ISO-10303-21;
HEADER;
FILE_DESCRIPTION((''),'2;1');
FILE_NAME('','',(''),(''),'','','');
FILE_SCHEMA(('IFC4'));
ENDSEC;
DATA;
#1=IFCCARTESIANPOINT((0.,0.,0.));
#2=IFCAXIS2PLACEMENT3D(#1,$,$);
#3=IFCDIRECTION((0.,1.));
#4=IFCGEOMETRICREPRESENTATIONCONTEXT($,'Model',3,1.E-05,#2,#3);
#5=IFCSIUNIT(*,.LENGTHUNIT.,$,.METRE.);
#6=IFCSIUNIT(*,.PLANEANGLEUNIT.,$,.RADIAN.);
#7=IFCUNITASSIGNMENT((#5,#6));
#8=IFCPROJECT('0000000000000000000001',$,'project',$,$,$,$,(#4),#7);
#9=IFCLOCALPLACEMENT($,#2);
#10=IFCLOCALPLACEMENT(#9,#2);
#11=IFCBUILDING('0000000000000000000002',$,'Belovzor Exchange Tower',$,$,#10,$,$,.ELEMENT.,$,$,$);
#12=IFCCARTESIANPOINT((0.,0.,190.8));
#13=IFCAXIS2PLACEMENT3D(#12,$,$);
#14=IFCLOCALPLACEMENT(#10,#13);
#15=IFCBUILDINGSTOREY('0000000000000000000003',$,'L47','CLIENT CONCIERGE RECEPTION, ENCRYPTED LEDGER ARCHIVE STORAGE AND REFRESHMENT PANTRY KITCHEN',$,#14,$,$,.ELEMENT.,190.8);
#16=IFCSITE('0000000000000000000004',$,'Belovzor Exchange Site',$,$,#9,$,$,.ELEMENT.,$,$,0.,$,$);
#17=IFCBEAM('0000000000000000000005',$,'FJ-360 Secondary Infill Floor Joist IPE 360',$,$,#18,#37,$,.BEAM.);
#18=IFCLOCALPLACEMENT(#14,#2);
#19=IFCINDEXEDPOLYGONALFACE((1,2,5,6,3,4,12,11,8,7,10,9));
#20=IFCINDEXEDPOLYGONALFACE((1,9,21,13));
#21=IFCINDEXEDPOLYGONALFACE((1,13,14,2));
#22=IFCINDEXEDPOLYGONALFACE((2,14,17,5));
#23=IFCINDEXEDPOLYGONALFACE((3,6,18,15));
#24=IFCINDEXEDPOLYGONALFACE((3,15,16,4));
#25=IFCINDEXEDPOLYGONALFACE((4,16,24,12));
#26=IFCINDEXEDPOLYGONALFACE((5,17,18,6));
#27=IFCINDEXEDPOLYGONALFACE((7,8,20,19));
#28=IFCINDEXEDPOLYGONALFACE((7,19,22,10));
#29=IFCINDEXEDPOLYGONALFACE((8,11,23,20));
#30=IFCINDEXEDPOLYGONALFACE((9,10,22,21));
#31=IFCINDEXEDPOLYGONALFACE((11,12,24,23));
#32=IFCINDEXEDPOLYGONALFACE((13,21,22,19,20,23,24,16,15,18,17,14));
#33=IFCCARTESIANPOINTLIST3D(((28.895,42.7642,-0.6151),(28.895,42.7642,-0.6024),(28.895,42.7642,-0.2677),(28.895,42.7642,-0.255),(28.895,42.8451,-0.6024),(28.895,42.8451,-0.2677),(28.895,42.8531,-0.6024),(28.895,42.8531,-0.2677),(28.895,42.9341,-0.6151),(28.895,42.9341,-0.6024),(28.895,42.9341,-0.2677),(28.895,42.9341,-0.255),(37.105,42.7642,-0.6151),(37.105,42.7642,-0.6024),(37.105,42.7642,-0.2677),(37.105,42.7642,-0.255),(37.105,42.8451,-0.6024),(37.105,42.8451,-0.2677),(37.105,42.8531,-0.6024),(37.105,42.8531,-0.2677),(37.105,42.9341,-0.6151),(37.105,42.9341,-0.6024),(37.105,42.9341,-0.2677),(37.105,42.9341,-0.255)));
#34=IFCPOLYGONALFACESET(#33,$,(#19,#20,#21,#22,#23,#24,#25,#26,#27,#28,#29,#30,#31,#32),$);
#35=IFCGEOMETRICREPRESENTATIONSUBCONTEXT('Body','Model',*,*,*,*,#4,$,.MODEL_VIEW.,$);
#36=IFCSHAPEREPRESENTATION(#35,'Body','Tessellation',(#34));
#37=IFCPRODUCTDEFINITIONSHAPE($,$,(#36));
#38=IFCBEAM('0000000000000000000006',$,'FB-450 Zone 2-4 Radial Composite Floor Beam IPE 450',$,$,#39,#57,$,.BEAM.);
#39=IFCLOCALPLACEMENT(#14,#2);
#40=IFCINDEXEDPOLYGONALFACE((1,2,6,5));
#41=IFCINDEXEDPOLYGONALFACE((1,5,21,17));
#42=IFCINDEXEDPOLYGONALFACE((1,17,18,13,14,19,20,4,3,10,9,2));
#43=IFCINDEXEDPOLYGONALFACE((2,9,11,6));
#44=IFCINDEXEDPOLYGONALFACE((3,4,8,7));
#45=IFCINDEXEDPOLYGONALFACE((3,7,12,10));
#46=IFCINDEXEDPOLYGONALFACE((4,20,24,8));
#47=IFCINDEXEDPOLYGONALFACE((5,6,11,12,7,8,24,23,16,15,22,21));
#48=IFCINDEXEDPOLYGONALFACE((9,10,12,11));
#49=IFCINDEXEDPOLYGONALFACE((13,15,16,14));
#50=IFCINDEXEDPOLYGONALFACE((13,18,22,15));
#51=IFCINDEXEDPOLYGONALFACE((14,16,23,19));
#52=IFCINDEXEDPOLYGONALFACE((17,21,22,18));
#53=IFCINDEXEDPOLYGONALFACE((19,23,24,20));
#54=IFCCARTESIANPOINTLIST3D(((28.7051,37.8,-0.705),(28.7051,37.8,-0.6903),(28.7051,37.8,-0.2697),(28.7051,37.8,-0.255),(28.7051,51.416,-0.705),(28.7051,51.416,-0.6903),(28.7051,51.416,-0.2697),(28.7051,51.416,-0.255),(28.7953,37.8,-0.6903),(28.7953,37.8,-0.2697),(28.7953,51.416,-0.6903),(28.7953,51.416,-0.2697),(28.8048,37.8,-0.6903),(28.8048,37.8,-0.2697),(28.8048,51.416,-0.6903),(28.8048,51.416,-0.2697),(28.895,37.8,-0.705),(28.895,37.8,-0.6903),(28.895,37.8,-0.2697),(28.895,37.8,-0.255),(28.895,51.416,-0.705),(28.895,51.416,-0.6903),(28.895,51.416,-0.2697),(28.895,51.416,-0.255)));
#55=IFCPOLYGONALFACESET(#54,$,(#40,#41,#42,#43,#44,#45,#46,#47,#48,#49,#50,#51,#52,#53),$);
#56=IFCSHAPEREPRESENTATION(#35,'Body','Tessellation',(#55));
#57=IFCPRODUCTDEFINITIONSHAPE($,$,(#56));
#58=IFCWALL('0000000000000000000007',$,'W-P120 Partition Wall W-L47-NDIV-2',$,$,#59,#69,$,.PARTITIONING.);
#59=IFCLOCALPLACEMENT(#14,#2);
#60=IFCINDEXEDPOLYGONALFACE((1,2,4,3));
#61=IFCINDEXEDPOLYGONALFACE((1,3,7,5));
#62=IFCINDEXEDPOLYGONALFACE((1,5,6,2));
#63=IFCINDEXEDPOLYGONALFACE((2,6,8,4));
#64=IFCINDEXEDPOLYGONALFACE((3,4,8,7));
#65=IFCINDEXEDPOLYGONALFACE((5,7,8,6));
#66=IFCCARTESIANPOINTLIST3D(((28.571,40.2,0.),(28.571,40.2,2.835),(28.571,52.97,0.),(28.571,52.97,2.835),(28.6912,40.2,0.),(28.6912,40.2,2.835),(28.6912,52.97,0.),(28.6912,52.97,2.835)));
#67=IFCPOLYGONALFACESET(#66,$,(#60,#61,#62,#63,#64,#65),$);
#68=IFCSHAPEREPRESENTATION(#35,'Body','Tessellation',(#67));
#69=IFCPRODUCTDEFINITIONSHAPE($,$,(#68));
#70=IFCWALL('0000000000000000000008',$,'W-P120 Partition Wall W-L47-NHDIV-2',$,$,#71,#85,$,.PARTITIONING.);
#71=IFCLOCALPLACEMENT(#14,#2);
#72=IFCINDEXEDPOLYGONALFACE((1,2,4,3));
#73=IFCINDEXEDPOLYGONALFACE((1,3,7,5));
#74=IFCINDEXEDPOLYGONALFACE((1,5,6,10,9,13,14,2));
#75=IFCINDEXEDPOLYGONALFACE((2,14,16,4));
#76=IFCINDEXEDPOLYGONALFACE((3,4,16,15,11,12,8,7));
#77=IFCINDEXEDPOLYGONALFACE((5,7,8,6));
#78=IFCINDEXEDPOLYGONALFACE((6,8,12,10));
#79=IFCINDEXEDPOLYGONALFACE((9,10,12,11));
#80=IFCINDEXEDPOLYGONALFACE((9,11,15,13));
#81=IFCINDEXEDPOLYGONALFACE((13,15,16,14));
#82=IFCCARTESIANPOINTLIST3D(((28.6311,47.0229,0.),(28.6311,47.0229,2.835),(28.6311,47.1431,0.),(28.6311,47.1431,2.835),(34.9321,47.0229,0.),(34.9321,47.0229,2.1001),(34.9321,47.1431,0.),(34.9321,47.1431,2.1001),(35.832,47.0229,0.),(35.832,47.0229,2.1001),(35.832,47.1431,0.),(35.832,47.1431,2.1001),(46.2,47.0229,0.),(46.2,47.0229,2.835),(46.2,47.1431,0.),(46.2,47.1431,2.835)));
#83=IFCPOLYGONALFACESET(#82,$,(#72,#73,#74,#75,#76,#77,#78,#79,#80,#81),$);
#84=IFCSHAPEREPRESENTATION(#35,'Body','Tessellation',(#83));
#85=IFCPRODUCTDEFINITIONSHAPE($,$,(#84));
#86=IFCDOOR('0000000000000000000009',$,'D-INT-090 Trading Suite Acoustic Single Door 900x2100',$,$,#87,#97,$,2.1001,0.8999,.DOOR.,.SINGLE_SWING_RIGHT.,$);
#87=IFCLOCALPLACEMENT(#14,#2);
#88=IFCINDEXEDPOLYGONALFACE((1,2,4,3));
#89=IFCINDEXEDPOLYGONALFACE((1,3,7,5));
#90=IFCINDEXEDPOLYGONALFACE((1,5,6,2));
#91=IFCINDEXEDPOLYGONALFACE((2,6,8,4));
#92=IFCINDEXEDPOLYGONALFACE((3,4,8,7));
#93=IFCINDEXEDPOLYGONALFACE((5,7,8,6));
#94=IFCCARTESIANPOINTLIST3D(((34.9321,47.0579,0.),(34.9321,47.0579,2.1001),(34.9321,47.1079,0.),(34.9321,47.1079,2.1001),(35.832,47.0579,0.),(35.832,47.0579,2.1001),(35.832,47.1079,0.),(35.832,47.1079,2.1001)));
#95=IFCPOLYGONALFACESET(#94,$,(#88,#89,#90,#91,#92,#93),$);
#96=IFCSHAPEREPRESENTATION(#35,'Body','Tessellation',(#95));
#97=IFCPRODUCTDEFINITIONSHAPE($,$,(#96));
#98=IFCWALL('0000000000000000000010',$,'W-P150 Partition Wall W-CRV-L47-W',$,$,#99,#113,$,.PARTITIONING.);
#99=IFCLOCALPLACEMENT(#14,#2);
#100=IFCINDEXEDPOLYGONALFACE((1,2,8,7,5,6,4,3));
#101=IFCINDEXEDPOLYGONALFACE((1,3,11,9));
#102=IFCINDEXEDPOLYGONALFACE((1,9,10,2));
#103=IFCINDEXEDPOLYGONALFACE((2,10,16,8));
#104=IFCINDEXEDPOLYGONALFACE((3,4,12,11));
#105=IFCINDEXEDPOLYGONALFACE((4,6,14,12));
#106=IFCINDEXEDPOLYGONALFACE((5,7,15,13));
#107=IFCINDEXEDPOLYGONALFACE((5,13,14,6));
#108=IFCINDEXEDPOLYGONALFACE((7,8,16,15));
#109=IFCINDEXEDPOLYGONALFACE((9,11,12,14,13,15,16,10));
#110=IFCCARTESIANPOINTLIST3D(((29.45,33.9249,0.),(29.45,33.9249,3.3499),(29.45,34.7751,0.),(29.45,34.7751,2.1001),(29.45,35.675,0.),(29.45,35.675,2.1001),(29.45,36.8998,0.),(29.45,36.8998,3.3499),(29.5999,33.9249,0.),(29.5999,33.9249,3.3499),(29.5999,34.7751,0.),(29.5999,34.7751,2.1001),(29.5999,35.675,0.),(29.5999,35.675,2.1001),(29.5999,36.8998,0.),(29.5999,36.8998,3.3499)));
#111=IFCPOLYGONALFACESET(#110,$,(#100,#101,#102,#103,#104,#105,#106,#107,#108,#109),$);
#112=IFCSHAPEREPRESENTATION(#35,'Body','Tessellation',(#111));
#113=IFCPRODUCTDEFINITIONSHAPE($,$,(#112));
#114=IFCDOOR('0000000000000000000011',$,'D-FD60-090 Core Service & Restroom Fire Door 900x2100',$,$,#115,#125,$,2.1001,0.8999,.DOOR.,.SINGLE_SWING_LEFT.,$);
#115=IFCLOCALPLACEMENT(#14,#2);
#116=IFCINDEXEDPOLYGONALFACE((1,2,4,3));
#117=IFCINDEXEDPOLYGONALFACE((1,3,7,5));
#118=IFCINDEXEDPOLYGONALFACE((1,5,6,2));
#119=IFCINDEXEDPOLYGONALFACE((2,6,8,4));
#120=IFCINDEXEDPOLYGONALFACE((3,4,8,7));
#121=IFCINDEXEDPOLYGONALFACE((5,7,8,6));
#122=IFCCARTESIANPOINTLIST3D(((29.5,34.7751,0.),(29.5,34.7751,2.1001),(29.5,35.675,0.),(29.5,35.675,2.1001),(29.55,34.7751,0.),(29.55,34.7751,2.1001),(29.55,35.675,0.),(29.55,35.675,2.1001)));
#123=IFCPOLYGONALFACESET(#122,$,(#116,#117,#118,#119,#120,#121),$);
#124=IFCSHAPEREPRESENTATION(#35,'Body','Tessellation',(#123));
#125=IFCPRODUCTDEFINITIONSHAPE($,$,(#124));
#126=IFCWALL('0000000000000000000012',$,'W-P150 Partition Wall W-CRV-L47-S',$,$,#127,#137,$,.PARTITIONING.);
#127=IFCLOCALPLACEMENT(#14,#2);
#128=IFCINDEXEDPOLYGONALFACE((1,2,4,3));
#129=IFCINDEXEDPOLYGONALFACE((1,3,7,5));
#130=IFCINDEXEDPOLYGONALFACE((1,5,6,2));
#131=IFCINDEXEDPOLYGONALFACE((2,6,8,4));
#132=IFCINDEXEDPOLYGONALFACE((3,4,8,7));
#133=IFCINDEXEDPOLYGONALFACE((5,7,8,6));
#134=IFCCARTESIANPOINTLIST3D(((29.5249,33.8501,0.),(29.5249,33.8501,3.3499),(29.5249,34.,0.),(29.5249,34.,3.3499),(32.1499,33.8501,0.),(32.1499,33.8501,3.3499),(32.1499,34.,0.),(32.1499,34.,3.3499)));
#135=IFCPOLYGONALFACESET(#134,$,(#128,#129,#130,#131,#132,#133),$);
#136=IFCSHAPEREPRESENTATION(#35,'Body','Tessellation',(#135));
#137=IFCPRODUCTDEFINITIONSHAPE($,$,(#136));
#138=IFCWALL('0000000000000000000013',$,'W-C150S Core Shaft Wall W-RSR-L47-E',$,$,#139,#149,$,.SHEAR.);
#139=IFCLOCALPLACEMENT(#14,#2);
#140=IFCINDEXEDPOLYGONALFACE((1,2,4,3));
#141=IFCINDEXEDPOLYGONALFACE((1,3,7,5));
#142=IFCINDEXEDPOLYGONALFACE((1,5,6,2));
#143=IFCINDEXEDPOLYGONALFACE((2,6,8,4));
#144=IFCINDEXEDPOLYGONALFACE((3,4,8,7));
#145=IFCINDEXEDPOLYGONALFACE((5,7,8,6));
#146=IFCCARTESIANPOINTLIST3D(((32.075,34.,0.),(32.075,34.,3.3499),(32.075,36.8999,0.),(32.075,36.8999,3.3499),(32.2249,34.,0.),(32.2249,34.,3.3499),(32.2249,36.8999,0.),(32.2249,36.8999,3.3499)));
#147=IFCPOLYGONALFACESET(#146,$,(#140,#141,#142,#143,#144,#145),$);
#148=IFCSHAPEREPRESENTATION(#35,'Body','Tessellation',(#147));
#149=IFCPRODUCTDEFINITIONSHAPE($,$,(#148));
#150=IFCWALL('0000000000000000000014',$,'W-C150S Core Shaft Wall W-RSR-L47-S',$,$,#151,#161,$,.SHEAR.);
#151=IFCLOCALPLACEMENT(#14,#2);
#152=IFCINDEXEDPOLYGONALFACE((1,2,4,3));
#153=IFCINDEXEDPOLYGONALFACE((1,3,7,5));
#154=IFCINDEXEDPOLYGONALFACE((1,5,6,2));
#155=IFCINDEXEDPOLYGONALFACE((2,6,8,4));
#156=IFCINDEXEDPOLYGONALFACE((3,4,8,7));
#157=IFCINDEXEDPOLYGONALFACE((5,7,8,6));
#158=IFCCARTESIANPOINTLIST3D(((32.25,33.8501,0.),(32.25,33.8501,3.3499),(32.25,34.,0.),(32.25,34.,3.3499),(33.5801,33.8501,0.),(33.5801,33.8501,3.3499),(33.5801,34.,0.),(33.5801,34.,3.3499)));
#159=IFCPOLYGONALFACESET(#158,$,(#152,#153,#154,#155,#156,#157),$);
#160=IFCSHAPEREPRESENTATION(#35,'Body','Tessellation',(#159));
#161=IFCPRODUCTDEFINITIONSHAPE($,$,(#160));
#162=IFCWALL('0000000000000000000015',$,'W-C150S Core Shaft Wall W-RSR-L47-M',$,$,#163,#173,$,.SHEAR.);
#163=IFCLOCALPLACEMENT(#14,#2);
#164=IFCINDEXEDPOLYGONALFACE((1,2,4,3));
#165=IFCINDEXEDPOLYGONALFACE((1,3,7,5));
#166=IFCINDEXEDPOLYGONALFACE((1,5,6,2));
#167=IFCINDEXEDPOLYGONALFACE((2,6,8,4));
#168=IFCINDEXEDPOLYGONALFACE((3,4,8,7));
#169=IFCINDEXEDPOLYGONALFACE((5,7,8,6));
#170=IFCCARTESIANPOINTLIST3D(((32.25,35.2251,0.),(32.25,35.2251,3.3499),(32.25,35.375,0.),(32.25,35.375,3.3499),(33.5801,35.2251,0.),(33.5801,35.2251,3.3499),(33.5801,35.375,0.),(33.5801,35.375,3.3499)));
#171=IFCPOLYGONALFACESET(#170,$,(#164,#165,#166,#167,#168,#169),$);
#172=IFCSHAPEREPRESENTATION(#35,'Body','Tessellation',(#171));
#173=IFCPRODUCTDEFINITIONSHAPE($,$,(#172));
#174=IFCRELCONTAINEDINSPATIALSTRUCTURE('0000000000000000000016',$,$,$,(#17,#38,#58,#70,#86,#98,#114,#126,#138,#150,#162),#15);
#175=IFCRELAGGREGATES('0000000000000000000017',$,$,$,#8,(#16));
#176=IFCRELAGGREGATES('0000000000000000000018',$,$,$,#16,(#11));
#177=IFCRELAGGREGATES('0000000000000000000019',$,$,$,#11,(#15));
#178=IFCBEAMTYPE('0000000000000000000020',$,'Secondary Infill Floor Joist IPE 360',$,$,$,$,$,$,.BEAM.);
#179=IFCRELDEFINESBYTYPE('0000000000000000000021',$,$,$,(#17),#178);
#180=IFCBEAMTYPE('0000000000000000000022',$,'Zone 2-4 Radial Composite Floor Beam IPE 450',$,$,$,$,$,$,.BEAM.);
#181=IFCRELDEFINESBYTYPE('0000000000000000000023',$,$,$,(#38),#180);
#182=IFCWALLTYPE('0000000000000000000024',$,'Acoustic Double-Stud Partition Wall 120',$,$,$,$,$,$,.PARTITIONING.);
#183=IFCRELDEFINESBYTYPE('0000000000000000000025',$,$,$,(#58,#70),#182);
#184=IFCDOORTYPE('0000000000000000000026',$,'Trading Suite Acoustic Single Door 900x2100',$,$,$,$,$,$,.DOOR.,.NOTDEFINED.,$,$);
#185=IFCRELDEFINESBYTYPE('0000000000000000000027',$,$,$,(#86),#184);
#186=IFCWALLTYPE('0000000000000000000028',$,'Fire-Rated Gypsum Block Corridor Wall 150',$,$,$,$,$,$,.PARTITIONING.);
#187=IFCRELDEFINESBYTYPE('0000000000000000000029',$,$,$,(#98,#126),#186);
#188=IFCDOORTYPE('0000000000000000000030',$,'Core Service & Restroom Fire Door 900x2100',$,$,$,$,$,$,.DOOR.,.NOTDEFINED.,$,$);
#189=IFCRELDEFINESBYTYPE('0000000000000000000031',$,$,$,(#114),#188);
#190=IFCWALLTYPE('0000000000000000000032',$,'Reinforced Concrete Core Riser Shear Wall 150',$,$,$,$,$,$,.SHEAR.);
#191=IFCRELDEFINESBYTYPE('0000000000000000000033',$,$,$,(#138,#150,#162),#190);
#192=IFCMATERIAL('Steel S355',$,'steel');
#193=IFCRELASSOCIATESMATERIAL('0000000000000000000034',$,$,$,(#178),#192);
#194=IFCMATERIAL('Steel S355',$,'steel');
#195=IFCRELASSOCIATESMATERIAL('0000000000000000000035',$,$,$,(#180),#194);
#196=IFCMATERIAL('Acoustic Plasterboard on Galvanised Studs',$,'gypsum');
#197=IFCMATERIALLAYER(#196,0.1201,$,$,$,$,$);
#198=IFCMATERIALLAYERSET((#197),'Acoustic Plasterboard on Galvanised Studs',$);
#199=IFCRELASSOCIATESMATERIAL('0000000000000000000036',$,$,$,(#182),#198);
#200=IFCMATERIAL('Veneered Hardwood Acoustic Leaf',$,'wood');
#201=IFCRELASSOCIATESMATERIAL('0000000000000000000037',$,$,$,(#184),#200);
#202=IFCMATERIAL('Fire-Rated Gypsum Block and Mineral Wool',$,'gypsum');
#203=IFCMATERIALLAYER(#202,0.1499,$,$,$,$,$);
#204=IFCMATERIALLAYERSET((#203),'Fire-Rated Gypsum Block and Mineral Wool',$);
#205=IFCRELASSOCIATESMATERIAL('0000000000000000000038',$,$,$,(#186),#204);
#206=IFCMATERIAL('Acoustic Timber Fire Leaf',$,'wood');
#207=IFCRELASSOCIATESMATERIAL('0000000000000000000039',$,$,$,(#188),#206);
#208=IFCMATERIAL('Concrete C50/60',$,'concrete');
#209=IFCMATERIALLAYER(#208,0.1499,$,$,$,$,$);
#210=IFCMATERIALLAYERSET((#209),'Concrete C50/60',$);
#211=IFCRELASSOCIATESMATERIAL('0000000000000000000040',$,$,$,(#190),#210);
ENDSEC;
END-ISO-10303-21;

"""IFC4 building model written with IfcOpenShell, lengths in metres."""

from ifc_helpers import new_model, si_unit, direction, frame, frame_2d, origin, origin_2d, place, context, subcontext, project, spatial, rectangle, i_section, extrude, material, layer, layer_set, material_profile, profile_set, type_object, element, fill, save


model = new_model("IFC4")

# Units and contexts
model_context = context("Model", 3, precision=1e-05, world=origin(), true_north=direction((0.0, 1.0)))
body_context = subcontext(model_context, "Body", "Model", "MODEL_VIEW")
ifc_project = project(units=[si_unit("LENGTHUNIT", "METRE"), si_unit("PLANEANGLEUNIT", "RADIAN")], contexts=[model_context])

# Site, building, storey
site_placement = place(None, origin())
site = spatial("IfcSite", under=ifc_project, at=site_placement, Name="Belovzor Exchange Site", CompositionType="ELEMENT", RefElevation=0.0)
building_placement = place(site_placement, origin())
building = spatial("IfcBuilding", under=site, at=building_placement, Name="Belovzor Exchange Tower", CompositionType="ELEMENT")
storey_placement = place(building_placement, frame((0.0, 0.0, 190.8)))
storey = spatial("IfcBuildingStorey", under=building, at=storey_placement, Name="L47", Description="CLIENT CONCIERGE RECEPTION, ENCRYPTED LEDGER ARCHIVE STORAGE AND REFRESHMENT PANTRY KITCHEN", CompositionType="ELEMENT", Elevation=190.8)

# Beams
ifc_material_1 = material(Name="Steel S355", Category="steel")
ifc_material_profile_1 = material_profile(ifc_material_1, i_section(OverallWidth=0.1699, OverallDepth=0.3601, WebThickness=0.0081, FlangeThickness=0.0127, at=origin_2d()))
ifc_profile_set_1 = profile_set([ifc_material_profile_1], Name="Steel S355")
beam_type_1 = type_object("IfcBeamType", Name="Secondary Infill Floor Joist IPE 360", PredefinedType="BEAM", material=ifc_profile_set_1)
beam_1_placement = place(storey_placement, frame((28.895, 42.8491, -0.4351), z_axis=(1.0, 0.0, 0.0), x_axis=(0.0, 1.0, 0.0)))
element("IfcBeam", 1, at=beam_1_placement, inside=storey, type_object=beam_type_1, Name="FJ-360 Secondary Infill Floor Joist IPE 360", PredefinedType="BEAM", context=body_context, shape_type="SweptSolid", body=[
    extrude(i_section(OverallWidth=0.1699, OverallDepth=0.3601, WebThickness=0.0081, FlangeThickness=0.0127, at=origin_2d()), origin(), (0.0, 0.0, 1.0), 8.21),
])
ifc_material_2 = material(Name="Steel S355", Category="steel")
ifc_material_profile_2 = material_profile(ifc_material_2, i_section(OverallWidth=0.1899, OverallDepth=0.45, WebThickness=0.0095, FlangeThickness=0.0146, at=origin_2d()))
ifc_profile_set_2 = profile_set([ifc_material_profile_2], Name="Steel S355")
beam_type_2 = type_object("IfcBeamType", Name="Zone 2-4 Radial Composite Floor Beam IPE 450", PredefinedType="BEAM", material=ifc_profile_set_2)
beam_2_placement = place(storey_placement, frame((28.8, 37.8, -0.48), z_axis=(0.0, 1.0, 0.0), x_axis=(-1.0, 0.0, 0.0)))
element("IfcBeam", 2, at=beam_2_placement, inside=storey, type_object=beam_type_2, Name="FB-450 Zone 2-4 Radial Composite Floor Beam IPE 450", PredefinedType="BEAM", context=body_context, shape_type="SweptSolid", body=[
    extrude(i_section(OverallWidth=0.1899, OverallDepth=0.45, WebThickness=0.0095, FlangeThickness=0.0146, at=origin_2d()), origin(), (0.0, 0.0, 1.0), 13.616),
])

# Wall
ifc_material_3 = material(Name="Acoustic Plasterboard on Galvanised Studs", Category="gypsum")
ifc_layer_1 = layer(ifc_material_3, 0.1201)
ifc_layer_set_1 = layer_set([ifc_layer_1], Name="Acoustic Plasterboard on Galvanised Studs")
wall_type_1 = type_object("IfcWallType", Name="Acoustic Double-Stud Partition Wall 120", PredefinedType="PARTITIONING", material=ifc_layer_set_1)
wall_1_placement = place(storey_placement, frame((28.6311, 40.2, 0.0), z_axis=(0.0, 0.0, 1.0), x_axis=(0.0, 1.0, 0.0)))
element("IfcWall", 3, at=wall_1_placement, inside=storey, type_object=wall_type_1, Name="W-P120 Partition Wall W-L47-NDIV-2", PredefinedType="PARTITIONING", context=body_context, shape_type="SweptSolid", body=[
    extrude(rectangle(XDim=12.77, YDim=0.1201, at=frame_2d((6.385, 0.0))), origin(), (0.0, 0.0, 1.0), 2.835),
])

# Walls, openings, doors
wall_2_placement = place(storey_placement, frame((28.6311, 47.083, 0.0), z_axis=(0.0, 0.0, 1.0), x_axis=(1.0, 0.0, 0.0)))
wall_2 = element("IfcWall", 4, at=wall_2_placement, inside=storey, type_object=wall_type_1, Name="W-P120 Partition Wall W-L47-NHDIV-2", PredefinedType="PARTITIONING", context=body_context, shape_type="SweptSolid", body=[
    extrude(rectangle(XDim=17.5688, YDim=0.1201, at=frame_2d((8.7844, 0.0))), origin(), (0.0, 0.0, 1.0), 2.835),
])
opening_1_placement = place(wall_2_placement, frame((6.301, 0.0, 0.0)))
opening_1 = element("IfcOpeningElement", 5, at=opening_1_placement, cuts=wall_2, PredefinedType="OPENING", context=body_context, shape_type="SweptSolid", body=[
    extrude(rectangle(XDim=0.8999, YDim=2.1001, at=frame_2d((0.45, 1.05))), frame((0.0, 0.0701, 0.0), z_axis=(0.0, -1.0, 0.0), x_axis=(1.0, 0.0, 0.0)), (0.0, 0.0, 1.0), 0.1401),
])
ifc_material_4 = material(Name="Veneered Hardwood Acoustic Leaf", Category="wood")
door_type_1 = type_object("IfcDoorType", Name="Trading Suite Acoustic Single Door 900x2100", OperationType="NOTDEFINED", PredefinedType="DOOR", material=ifc_material_4)
door_1_placement = place(opening_1_placement, origin())
door_1 = element("IfcDoor", 6, at=door_1_placement, inside=storey, type_object=door_type_1, Name="D-INT-090 Trading Suite Acoustic Single Door 900x2100", OperationType="SINGLE_SWING_RIGHT", OverallHeight=2.1001, OverallWidth=0.8999, PredefinedType="DOOR", context=body_context, shape_type="SweptSolid", body=[
    extrude(rectangle(XDim=0.8999, YDim=2.1001, at=frame_2d((0.45, 1.05))), frame((0.0, 0.0249, 0.0), z_axis=(0.0, -1.0, 0.0), x_axis=(1.0, 0.0, 0.0)), (0.0, 0.0, 1.0), 0.05),
])
fill(opening_1, door_1)
ifc_material_5 = material(Name="Fire-Rated Gypsum Block and Mineral Wool", Category="gypsum")
ifc_layer_2 = layer(ifc_material_5, 0.1499)
ifc_layer_set_2 = layer_set([ifc_layer_2], Name="Fire-Rated Gypsum Block and Mineral Wool")
wall_type_2 = type_object("IfcWallType", Name="Fire-Rated Gypsum Block Corridor Wall 150", PredefinedType="PARTITIONING", material=ifc_layer_set_2)
wall_3_placement = place(storey_placement, frame((29.5249, 33.925, 0.0), z_axis=(0.0, 0.0, 1.0), x_axis=(0.0, 1.0, 0.0)))
wall_3 = element("IfcWall", 7, at=wall_3_placement, inside=storey, type_object=wall_type_2, Name="W-P150 Partition Wall W-CRV-L47-W", PredefinedType="PARTITIONING", context=body_context, shape_type="SweptSolid", body=[
    extrude(rectangle(XDim=2.9749, YDim=0.1499, at=frame_2d((1.4873, 0.0))), origin(), (0.0, 0.0, 1.0), 3.3499),
])
opening_2_placement = place(wall_3_placement, frame((0.8501, 0.0, 0.0)))
opening_2 = element("IfcOpeningElement", 8, at=opening_2_placement, cuts=wall_3, PredefinedType="OPENING", context=body_context, shape_type="SweptSolid", body=[
    extrude(rectangle(XDim=0.8999, YDim=2.1001, at=frame_2d((0.45, 1.05))), frame((0.0, 0.085, 0.0), z_axis=(0.0, -1.0, 0.0), x_axis=(1.0, 0.0, 0.0)), (0.0, 0.0, 1.0), 0.1699),
])
ifc_material_6 = material(Name="Acoustic Timber Fire Leaf", Category="wood")
door_type_2 = type_object("IfcDoorType", Name="Core Service & Restroom Fire Door 900x2100", OperationType="NOTDEFINED", PredefinedType="DOOR", material=ifc_material_6)
door_2_placement = place(opening_2_placement, origin())
door_2 = element("IfcDoor", 9, at=door_2_placement, inside=storey, type_object=door_type_2, Name="D-FD60-090 Core Service & Restroom Fire Door 900x2100", OperationType="SINGLE_SWING_LEFT", OverallHeight=2.1001, OverallWidth=0.8999, PredefinedType="DOOR", context=body_context, shape_type="SweptSolid", body=[
    extrude(rectangle(XDim=0.8999, YDim=2.1001, at=frame_2d((0.45, 1.05))), frame((0.0, 0.0249, 0.0), z_axis=(0.0, -1.0, 0.0), x_axis=(1.0, 0.0, 0.0)), (0.0, 0.0, 1.0), 0.05),
])
fill(opening_2, door_2)

# Walls
wall_4_placement = place(storey_placement, frame((29.5249, 33.925, 0.0), z_axis=(0.0, 0.0, 1.0), x_axis=(1.0, 0.0, 0.0)))
element("IfcWall", 10, at=wall_4_placement, inside=storey, type_object=wall_type_2, Name="W-P150 Partition Wall W-CRV-L47-S", PredefinedType="PARTITIONING", context=body_context, shape_type="SweptSolid", body=[
    extrude(rectangle(XDim=2.625, YDim=0.1499, at=frame_2d((1.3125, 0.0))), origin(), (0.0, 0.0, 1.0), 3.3499),
])
ifc_material_7 = material(Name="Concrete C50/60", Category="concrete")
ifc_layer_3 = layer(ifc_material_7, 0.1499)
ifc_layer_set_3 = layer_set([ifc_layer_3], Name="Concrete C50/60")
wall_type_3 = type_object("IfcWallType", Name="Reinforced Concrete Core Riser Shear Wall 150", PredefinedType="SHEAR", material=ifc_layer_set_3)
wall_5_placement = place(storey_placement, frame((32.1499, 34.0, 0.0), z_axis=(0.0, 0.0, 1.0), x_axis=(0.0, 1.0, 0.0)))
element("IfcWall", 11, at=wall_5_placement, inside=storey, type_object=wall_type_3, Name="W-C150S Core Shaft Wall W-RSR-L47-E", PredefinedType="SHEAR", context=body_context, shape_type="SweptSolid", body=[
    extrude(rectangle(XDim=2.8999, YDim=0.1499, at=frame_2d((1.45, 0.0))), origin(), (0.0, 0.0, 1.0), 3.3499),
])
for number, where, z_axis, x_axis, name in (
    (12, (32.25, 33.925, 0.0), (0.0, 0.0, 1.0), (1.0, 0.0, 0.0), "W-C150S Core Shaft Wall W-RSR-L47-S"),
    (13, (32.25, 35.3, 0.0), (0.0, 0.0, 1.0), (1.0, 0.0, 0.0), "W-C150S Core Shaft Wall W-RSR-L47-M"),
):
    element("IfcWall", number, at=place(storey_placement, frame(where, z_axis=z_axis, x_axis=x_axis)), inside=storey, type_object=wall_type_3, Name=name, PredefinedType="SHEAR", context=body_context, shape_type="SweptSolid", body=[
        extrude(rectangle(XDim=1.3301, YDim=0.1499, at=frame_2d((0.665, 0.0))), origin(), (0.0, 0.0, 1.0), 3.3499),
    ])

save(model, "model.ifc")
